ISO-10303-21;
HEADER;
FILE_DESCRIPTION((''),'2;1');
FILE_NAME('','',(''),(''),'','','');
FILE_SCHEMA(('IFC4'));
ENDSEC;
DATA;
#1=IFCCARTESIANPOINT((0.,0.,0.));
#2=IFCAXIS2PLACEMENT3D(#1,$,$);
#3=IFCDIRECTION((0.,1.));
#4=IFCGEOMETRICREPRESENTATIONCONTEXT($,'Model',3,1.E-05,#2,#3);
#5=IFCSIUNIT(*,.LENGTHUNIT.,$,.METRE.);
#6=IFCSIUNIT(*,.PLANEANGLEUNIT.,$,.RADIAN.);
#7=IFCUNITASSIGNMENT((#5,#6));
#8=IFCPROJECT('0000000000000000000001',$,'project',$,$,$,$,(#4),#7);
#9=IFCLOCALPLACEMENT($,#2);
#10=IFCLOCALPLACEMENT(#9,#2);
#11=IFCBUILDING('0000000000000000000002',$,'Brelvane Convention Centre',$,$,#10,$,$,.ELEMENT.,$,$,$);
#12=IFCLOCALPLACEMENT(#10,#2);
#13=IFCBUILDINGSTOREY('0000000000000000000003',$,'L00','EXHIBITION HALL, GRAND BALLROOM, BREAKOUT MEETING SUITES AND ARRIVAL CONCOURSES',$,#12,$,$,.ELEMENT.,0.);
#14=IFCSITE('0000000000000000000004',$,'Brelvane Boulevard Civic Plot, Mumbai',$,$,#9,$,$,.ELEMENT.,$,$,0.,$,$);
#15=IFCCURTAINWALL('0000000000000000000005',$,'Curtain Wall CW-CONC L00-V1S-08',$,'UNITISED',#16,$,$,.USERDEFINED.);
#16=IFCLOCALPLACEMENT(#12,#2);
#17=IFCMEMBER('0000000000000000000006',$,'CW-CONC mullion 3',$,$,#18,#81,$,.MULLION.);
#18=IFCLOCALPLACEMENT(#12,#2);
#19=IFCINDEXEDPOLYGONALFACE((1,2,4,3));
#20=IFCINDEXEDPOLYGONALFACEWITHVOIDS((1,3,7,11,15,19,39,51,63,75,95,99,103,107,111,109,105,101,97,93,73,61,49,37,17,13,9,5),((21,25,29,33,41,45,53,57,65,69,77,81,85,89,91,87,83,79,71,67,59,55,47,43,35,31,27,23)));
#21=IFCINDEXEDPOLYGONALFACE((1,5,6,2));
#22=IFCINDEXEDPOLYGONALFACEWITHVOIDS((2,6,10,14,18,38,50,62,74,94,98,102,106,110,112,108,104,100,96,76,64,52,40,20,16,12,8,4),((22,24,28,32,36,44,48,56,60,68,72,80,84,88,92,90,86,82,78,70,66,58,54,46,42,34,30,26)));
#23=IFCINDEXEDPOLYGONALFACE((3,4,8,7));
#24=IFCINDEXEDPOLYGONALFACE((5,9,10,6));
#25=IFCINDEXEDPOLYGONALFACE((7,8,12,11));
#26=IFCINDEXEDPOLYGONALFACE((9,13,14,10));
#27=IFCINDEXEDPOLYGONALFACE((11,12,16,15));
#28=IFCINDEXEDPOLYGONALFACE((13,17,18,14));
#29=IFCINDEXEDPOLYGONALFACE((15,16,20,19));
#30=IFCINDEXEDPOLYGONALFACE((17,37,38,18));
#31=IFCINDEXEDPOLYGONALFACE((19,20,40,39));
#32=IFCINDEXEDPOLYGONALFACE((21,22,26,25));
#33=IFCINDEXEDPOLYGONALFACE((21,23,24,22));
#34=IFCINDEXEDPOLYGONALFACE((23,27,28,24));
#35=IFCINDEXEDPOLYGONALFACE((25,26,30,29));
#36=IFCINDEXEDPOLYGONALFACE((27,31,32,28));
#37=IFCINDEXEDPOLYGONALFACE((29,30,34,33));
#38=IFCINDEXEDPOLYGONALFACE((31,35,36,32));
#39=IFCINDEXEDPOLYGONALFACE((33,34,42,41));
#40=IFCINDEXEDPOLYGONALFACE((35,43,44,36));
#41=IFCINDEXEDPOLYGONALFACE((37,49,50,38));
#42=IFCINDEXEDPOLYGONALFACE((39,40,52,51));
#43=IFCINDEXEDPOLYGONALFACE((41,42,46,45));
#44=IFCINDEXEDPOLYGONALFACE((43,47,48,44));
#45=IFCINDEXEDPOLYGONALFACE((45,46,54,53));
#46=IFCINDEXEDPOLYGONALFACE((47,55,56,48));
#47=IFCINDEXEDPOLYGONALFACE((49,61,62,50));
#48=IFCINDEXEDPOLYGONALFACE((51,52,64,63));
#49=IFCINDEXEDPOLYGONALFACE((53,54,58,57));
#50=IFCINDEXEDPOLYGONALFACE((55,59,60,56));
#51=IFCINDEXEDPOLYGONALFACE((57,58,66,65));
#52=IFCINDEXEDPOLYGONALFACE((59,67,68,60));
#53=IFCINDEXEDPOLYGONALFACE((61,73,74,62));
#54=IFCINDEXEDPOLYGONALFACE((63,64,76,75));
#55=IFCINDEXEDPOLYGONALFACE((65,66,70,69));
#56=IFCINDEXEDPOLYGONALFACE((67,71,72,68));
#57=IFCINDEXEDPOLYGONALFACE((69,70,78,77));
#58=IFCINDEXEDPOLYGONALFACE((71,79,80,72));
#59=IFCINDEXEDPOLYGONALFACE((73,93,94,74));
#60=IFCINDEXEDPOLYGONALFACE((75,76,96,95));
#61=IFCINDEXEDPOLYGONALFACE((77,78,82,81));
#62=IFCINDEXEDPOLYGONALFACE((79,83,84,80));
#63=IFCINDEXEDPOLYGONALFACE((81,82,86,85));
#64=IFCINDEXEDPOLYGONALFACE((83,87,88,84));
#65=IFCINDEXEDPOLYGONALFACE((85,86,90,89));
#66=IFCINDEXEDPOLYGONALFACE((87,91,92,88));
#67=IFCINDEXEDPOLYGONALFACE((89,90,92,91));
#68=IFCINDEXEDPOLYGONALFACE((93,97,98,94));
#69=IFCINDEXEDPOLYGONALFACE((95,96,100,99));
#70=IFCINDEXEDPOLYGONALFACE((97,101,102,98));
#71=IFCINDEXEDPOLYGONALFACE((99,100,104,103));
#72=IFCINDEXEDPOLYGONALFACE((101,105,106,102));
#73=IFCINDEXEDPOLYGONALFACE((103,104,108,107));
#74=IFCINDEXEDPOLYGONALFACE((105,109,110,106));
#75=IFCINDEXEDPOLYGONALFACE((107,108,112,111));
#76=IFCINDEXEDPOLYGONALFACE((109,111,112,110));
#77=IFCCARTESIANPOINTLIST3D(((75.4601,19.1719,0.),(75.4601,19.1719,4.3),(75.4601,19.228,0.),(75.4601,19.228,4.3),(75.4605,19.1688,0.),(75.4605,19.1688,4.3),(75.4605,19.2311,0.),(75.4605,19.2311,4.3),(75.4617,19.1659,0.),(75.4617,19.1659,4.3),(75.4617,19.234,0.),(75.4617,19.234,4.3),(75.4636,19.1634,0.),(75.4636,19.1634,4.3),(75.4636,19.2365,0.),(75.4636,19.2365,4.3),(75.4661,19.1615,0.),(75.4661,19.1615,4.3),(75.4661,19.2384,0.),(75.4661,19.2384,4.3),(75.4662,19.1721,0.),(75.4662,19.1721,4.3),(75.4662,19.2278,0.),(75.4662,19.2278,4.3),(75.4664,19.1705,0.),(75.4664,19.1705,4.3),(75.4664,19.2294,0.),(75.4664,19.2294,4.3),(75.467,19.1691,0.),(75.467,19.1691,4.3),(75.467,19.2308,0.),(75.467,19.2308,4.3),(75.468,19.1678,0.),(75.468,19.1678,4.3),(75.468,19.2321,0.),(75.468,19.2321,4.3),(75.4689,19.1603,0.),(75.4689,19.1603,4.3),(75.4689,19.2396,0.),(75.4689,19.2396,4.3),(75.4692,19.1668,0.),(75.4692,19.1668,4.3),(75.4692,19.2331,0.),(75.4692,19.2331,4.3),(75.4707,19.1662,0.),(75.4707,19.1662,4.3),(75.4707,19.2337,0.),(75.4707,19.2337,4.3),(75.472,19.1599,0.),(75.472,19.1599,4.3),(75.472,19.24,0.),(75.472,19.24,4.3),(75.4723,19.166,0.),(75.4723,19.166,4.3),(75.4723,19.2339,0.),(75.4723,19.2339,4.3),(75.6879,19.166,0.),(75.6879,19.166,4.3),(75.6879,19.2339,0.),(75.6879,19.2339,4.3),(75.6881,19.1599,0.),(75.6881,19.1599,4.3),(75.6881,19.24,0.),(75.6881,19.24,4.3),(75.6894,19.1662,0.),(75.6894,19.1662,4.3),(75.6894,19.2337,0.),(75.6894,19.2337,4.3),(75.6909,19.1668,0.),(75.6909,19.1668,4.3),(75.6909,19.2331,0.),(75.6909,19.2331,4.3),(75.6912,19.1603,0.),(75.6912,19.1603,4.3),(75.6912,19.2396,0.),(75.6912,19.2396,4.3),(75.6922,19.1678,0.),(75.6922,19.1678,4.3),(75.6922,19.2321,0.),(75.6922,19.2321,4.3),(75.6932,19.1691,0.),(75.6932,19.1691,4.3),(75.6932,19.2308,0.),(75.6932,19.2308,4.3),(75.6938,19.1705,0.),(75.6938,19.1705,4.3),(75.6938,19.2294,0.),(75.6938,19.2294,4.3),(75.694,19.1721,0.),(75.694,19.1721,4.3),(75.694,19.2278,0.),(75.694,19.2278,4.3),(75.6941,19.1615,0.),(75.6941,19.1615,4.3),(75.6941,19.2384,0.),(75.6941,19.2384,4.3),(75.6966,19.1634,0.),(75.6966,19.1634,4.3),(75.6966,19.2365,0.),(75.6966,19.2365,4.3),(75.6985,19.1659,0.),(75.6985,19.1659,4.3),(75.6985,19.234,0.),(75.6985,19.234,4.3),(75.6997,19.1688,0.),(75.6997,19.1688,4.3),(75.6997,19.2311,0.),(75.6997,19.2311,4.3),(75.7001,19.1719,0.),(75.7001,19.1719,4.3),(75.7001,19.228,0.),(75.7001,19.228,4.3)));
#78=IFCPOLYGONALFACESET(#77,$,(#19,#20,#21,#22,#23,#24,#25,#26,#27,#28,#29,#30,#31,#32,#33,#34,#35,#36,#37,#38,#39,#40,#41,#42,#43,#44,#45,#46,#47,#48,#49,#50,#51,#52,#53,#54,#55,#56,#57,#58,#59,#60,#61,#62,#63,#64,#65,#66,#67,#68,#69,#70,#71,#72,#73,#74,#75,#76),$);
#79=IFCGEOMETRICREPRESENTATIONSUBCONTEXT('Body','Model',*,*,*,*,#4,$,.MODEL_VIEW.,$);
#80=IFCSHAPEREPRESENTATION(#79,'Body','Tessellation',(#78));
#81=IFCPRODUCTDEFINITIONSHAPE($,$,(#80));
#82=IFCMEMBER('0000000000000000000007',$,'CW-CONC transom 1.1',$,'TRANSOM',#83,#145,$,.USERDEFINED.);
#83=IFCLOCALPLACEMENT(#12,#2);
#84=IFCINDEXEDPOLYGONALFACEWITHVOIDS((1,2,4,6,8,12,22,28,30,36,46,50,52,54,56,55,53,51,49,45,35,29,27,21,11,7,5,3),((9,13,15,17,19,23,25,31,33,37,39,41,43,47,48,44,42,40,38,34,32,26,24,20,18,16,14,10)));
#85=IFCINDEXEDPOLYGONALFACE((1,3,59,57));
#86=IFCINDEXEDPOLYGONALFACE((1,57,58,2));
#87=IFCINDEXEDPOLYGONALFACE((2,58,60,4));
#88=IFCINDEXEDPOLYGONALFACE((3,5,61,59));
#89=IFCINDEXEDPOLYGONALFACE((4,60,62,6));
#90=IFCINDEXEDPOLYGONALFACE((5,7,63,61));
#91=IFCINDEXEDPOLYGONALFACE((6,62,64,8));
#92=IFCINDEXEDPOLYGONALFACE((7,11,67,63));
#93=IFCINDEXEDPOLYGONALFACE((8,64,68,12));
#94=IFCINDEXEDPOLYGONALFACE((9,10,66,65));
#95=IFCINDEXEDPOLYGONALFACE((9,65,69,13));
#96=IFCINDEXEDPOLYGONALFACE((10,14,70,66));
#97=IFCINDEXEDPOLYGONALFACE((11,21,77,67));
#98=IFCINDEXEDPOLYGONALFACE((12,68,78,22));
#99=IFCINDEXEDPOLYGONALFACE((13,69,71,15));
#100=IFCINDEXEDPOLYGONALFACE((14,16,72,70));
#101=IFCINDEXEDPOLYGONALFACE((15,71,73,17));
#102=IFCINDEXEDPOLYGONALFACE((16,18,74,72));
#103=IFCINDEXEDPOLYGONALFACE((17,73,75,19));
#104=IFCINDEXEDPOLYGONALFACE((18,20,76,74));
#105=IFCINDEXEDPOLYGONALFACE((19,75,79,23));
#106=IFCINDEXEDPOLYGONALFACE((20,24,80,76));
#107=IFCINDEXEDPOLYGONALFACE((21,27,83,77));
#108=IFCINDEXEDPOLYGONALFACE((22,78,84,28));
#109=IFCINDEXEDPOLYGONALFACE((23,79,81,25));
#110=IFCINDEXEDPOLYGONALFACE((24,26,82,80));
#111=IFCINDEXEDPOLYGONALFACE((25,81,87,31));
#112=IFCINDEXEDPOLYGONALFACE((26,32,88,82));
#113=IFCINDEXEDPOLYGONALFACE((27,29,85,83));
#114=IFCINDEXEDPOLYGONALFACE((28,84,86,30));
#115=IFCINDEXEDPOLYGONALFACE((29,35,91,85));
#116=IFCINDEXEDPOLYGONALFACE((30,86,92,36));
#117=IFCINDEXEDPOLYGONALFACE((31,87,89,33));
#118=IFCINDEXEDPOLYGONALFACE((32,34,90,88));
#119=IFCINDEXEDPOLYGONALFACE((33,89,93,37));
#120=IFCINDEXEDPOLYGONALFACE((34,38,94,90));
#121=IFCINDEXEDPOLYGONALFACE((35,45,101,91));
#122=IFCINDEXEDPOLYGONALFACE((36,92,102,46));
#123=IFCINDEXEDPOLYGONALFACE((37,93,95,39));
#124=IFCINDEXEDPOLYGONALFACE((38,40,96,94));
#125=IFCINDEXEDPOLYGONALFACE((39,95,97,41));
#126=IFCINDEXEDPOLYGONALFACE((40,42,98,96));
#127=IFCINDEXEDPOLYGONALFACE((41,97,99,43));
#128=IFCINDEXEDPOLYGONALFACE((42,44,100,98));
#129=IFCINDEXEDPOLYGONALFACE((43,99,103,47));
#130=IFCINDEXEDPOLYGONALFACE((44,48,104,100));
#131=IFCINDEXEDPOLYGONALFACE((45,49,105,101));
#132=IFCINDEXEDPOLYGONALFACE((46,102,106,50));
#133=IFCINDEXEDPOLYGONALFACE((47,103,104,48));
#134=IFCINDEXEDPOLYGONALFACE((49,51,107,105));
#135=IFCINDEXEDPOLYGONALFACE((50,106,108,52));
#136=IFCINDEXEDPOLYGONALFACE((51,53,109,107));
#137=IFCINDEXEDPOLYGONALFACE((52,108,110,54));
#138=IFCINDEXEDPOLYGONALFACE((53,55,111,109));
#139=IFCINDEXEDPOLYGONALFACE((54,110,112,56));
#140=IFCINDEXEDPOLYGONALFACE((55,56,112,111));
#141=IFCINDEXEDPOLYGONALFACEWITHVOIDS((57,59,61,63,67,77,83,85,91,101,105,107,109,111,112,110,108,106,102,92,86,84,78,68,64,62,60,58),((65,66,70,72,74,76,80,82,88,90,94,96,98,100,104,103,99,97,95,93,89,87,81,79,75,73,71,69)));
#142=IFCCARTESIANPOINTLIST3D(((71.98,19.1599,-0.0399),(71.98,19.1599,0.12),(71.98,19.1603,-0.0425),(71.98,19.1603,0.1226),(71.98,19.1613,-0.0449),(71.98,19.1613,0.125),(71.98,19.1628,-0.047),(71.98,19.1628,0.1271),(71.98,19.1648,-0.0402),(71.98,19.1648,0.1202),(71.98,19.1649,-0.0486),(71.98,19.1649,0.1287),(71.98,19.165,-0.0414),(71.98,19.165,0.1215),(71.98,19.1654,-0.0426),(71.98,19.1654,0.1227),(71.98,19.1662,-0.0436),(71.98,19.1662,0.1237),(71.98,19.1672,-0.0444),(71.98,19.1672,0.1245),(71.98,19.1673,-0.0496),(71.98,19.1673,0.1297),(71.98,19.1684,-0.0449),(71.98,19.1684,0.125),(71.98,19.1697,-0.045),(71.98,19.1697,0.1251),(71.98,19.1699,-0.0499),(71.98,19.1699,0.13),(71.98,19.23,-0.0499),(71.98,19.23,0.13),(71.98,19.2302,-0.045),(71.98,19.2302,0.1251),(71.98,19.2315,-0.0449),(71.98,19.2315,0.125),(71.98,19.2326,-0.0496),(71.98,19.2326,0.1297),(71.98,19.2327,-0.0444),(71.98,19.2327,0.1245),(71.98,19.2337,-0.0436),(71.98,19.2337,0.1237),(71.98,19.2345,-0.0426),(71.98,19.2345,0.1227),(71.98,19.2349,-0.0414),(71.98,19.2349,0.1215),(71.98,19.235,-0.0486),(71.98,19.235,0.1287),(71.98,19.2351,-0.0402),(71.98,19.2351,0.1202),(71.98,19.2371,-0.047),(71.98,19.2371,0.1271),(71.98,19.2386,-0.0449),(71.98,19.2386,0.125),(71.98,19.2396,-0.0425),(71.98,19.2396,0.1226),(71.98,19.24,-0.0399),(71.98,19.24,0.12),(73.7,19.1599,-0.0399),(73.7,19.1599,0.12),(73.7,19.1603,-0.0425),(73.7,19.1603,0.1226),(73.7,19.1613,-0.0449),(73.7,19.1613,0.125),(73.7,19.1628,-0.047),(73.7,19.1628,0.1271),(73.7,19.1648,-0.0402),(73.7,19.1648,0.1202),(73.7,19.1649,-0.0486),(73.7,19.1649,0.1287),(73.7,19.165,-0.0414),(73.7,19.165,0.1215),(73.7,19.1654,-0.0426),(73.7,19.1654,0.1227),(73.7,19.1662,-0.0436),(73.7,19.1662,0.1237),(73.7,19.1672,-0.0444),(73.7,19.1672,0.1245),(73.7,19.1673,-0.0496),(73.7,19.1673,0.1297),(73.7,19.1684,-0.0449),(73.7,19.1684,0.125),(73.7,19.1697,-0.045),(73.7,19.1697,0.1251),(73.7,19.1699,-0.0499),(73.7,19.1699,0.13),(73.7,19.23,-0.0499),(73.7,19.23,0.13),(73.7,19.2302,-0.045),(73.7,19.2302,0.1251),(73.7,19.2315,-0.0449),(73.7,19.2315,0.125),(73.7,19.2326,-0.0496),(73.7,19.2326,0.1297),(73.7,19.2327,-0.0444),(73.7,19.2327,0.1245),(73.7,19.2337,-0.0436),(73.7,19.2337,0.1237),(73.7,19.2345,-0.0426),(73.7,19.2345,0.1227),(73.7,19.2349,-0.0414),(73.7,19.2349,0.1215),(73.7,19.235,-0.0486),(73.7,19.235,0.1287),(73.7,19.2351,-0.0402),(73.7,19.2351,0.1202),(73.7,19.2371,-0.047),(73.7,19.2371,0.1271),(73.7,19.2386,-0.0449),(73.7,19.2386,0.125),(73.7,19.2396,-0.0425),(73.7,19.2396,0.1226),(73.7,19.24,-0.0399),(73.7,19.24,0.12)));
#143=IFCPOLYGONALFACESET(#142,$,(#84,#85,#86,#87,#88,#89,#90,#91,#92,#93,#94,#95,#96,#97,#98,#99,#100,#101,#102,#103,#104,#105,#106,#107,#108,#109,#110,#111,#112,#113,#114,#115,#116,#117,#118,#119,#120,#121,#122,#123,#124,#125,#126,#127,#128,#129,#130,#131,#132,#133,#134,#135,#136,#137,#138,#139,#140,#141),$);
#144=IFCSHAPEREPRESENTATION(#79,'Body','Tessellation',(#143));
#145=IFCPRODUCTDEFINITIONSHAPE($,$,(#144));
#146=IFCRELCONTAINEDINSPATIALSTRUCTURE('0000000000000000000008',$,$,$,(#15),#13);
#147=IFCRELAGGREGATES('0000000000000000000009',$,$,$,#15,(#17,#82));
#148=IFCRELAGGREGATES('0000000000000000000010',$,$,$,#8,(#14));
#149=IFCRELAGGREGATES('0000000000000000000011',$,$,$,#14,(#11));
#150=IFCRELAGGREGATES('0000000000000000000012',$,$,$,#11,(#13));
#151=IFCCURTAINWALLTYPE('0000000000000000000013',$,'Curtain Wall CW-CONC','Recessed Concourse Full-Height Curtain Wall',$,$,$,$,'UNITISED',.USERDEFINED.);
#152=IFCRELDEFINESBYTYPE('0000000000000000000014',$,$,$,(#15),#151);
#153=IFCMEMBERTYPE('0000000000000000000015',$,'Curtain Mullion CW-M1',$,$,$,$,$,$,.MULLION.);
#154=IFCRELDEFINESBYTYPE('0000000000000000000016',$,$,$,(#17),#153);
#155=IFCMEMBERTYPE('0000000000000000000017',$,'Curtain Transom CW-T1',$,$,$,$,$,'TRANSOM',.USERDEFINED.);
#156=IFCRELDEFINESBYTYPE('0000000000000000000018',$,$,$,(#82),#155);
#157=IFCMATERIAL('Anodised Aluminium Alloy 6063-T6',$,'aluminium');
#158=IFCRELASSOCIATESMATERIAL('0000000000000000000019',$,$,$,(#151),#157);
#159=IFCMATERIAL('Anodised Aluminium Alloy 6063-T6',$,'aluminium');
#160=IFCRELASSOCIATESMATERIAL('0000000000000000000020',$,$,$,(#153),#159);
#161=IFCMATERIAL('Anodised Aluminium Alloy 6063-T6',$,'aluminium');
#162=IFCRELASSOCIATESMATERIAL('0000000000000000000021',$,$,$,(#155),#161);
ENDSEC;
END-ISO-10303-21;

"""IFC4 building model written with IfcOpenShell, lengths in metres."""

from ifc_helpers import new_model, si_unit, direction, frame, origin, origin_2d, place, context, subcontext, project, spatial, hollow_rectangle, extrude, material, material_profile, profile_set, type_object, element, aggregate, save


model = new_model("IFC4")

# Units and contexts
model_context = context("Model", 3, precision=1e-05, world=origin(), true_north=direction((0.0, 1.0)))
body_context = subcontext(model_context, "Body", "Model", "MODEL_VIEW")
ifc_project = project(units=[si_unit("LENGTHUNIT", "METRE"), si_unit("PLANEANGLEUNIT", "RADIAN")], contexts=[model_context])

# Site, building, storey
site_placement = place(None, origin())
site = spatial("IfcSite", under=ifc_project, at=site_placement, Name="Brelvane Boulevard Civic Plot, Mumbai", CompositionType="ELEMENT", RefElevation=0.0)
building_placement = place(site_placement, origin())
building = spatial("IfcBuilding", under=site, at=building_placement, Name="Brelvane Convention Centre", CompositionType="ELEMENT")
storey_placement = place(building_placement, origin())
storey = spatial("IfcBuildingStorey", under=building, at=storey_placement, Name="L00", Description="EXHIBITION HALL, GRAND BALLROOM, BREAKOUT MEETING SUITES AND ARRIVAL CONCOURSES", CompositionType="ELEMENT", Elevation=0.0)

# Curtain wall, members
ifc_material_1 = material(Name="Anodised Aluminium Alloy 6063-T6", Category="aluminium")
curtain_wall_type = type_object("IfcCurtainWallType", Name="Curtain Wall CW-CONC", Description="Recessed Concourse Full-Height Curtain Wall", ElementType="UNITISED", PredefinedType="USERDEFINED", material=ifc_material_1)
curtain_wall_placement = place(storey_placement, origin())
curtain_wall = element("IfcCurtainWall", 1, at=curtain_wall_placement, inside=storey, type_object=curtain_wall_type, Name="Curtain Wall CW-CONC L00-V1S-08", ObjectType="UNITISED", PredefinedType="USERDEFINED")
ifc_material_2 = material(Name="Anodised Aluminium Alloy 6063-T6", Category="aluminium")
ifc_material_profile_1 = material_profile(ifc_material_2, hollow_rectangle(XDim=0.0801, YDim=0.24, WallThickness=0.0061, InnerFilletRadius=0.0061, OuterFilletRadius=0.012, at=origin_2d()), Name="ALU-M 240x80x6.0")
ifc_profile_set_1 = profile_set([ifc_material_profile_1], Name="Anodised Aluminium Alloy 6063-T6")
member_type_1 = type_object("IfcMemberType", Name="Curtain Mullion CW-M1", PredefinedType="MULLION", material=ifc_profile_set_1)
member_1_placement = place(storey_placement, frame((75.5801, 19.2, 0.0), z_axis=(0.0, 0.0, 1.0), x_axis=(0.0, 1.0, 0.0)))
member_1 = element("IfcMember", 2, at=member_1_placement, type_object=member_type_1, Name="CW-CONC mullion 3", PredefinedType="MULLION", context=body_context, shape_type="SweptSolid", body=[
    extrude(hollow_rectangle(XDim=0.0801, YDim=0.24, WallThickness=0.0061, InnerFilletRadius=0.0061, OuterFilletRadius=0.012, at=origin_2d()), origin(), (0.0, 0.0, 1.0), 4.3),
])
ifc_material_3 = material(Name="Anodised Aluminium Alloy 6063-T6", Category="aluminium")
ifc_material_profile_2 = material_profile(ifc_material_3, hollow_rectangle(XDim=0.0801, YDim=0.1799, WallThickness=0.0049, InnerFilletRadius=0.0049, OuterFilletRadius=0.01, at=origin_2d()), Name="ALU-T 180x80x5.0")
ifc_profile_set_2 = profile_set([ifc_material_profile_2], Name="Anodised Aluminium Alloy 6063-T6")
member_type_2 = type_object("IfcMemberType", Name="Curtain Transom CW-T1", ElementType="TRANSOM", PredefinedType="USERDEFINED", material=ifc_profile_set_2)
member_2_placement = place(storey_placement, frame((71.98, 19.2, 0.04), z_axis=(1.0, 0.0, 0.0), x_axis=(0.0, 1.0, 0.0)))
member_2 = element("IfcMember", 3, at=member_2_placement, type_object=member_type_2, Name="CW-CONC transom 1.1", ObjectType="TRANSOM", PredefinedType="USERDEFINED", context=body_context, shape_type="SweptSolid", body=[
    extrude(hollow_rectangle(XDim=0.0801, YDim=0.1799, WallThickness=0.0049, InnerFilletRadius=0.0049, OuterFilletRadius=0.01, at=origin_2d()), origin(), (0.0, 0.0, 1.0), 1.72),
])
aggregate(curtain_wall, [member_1, member_2])

save(model, "model.ifc")
